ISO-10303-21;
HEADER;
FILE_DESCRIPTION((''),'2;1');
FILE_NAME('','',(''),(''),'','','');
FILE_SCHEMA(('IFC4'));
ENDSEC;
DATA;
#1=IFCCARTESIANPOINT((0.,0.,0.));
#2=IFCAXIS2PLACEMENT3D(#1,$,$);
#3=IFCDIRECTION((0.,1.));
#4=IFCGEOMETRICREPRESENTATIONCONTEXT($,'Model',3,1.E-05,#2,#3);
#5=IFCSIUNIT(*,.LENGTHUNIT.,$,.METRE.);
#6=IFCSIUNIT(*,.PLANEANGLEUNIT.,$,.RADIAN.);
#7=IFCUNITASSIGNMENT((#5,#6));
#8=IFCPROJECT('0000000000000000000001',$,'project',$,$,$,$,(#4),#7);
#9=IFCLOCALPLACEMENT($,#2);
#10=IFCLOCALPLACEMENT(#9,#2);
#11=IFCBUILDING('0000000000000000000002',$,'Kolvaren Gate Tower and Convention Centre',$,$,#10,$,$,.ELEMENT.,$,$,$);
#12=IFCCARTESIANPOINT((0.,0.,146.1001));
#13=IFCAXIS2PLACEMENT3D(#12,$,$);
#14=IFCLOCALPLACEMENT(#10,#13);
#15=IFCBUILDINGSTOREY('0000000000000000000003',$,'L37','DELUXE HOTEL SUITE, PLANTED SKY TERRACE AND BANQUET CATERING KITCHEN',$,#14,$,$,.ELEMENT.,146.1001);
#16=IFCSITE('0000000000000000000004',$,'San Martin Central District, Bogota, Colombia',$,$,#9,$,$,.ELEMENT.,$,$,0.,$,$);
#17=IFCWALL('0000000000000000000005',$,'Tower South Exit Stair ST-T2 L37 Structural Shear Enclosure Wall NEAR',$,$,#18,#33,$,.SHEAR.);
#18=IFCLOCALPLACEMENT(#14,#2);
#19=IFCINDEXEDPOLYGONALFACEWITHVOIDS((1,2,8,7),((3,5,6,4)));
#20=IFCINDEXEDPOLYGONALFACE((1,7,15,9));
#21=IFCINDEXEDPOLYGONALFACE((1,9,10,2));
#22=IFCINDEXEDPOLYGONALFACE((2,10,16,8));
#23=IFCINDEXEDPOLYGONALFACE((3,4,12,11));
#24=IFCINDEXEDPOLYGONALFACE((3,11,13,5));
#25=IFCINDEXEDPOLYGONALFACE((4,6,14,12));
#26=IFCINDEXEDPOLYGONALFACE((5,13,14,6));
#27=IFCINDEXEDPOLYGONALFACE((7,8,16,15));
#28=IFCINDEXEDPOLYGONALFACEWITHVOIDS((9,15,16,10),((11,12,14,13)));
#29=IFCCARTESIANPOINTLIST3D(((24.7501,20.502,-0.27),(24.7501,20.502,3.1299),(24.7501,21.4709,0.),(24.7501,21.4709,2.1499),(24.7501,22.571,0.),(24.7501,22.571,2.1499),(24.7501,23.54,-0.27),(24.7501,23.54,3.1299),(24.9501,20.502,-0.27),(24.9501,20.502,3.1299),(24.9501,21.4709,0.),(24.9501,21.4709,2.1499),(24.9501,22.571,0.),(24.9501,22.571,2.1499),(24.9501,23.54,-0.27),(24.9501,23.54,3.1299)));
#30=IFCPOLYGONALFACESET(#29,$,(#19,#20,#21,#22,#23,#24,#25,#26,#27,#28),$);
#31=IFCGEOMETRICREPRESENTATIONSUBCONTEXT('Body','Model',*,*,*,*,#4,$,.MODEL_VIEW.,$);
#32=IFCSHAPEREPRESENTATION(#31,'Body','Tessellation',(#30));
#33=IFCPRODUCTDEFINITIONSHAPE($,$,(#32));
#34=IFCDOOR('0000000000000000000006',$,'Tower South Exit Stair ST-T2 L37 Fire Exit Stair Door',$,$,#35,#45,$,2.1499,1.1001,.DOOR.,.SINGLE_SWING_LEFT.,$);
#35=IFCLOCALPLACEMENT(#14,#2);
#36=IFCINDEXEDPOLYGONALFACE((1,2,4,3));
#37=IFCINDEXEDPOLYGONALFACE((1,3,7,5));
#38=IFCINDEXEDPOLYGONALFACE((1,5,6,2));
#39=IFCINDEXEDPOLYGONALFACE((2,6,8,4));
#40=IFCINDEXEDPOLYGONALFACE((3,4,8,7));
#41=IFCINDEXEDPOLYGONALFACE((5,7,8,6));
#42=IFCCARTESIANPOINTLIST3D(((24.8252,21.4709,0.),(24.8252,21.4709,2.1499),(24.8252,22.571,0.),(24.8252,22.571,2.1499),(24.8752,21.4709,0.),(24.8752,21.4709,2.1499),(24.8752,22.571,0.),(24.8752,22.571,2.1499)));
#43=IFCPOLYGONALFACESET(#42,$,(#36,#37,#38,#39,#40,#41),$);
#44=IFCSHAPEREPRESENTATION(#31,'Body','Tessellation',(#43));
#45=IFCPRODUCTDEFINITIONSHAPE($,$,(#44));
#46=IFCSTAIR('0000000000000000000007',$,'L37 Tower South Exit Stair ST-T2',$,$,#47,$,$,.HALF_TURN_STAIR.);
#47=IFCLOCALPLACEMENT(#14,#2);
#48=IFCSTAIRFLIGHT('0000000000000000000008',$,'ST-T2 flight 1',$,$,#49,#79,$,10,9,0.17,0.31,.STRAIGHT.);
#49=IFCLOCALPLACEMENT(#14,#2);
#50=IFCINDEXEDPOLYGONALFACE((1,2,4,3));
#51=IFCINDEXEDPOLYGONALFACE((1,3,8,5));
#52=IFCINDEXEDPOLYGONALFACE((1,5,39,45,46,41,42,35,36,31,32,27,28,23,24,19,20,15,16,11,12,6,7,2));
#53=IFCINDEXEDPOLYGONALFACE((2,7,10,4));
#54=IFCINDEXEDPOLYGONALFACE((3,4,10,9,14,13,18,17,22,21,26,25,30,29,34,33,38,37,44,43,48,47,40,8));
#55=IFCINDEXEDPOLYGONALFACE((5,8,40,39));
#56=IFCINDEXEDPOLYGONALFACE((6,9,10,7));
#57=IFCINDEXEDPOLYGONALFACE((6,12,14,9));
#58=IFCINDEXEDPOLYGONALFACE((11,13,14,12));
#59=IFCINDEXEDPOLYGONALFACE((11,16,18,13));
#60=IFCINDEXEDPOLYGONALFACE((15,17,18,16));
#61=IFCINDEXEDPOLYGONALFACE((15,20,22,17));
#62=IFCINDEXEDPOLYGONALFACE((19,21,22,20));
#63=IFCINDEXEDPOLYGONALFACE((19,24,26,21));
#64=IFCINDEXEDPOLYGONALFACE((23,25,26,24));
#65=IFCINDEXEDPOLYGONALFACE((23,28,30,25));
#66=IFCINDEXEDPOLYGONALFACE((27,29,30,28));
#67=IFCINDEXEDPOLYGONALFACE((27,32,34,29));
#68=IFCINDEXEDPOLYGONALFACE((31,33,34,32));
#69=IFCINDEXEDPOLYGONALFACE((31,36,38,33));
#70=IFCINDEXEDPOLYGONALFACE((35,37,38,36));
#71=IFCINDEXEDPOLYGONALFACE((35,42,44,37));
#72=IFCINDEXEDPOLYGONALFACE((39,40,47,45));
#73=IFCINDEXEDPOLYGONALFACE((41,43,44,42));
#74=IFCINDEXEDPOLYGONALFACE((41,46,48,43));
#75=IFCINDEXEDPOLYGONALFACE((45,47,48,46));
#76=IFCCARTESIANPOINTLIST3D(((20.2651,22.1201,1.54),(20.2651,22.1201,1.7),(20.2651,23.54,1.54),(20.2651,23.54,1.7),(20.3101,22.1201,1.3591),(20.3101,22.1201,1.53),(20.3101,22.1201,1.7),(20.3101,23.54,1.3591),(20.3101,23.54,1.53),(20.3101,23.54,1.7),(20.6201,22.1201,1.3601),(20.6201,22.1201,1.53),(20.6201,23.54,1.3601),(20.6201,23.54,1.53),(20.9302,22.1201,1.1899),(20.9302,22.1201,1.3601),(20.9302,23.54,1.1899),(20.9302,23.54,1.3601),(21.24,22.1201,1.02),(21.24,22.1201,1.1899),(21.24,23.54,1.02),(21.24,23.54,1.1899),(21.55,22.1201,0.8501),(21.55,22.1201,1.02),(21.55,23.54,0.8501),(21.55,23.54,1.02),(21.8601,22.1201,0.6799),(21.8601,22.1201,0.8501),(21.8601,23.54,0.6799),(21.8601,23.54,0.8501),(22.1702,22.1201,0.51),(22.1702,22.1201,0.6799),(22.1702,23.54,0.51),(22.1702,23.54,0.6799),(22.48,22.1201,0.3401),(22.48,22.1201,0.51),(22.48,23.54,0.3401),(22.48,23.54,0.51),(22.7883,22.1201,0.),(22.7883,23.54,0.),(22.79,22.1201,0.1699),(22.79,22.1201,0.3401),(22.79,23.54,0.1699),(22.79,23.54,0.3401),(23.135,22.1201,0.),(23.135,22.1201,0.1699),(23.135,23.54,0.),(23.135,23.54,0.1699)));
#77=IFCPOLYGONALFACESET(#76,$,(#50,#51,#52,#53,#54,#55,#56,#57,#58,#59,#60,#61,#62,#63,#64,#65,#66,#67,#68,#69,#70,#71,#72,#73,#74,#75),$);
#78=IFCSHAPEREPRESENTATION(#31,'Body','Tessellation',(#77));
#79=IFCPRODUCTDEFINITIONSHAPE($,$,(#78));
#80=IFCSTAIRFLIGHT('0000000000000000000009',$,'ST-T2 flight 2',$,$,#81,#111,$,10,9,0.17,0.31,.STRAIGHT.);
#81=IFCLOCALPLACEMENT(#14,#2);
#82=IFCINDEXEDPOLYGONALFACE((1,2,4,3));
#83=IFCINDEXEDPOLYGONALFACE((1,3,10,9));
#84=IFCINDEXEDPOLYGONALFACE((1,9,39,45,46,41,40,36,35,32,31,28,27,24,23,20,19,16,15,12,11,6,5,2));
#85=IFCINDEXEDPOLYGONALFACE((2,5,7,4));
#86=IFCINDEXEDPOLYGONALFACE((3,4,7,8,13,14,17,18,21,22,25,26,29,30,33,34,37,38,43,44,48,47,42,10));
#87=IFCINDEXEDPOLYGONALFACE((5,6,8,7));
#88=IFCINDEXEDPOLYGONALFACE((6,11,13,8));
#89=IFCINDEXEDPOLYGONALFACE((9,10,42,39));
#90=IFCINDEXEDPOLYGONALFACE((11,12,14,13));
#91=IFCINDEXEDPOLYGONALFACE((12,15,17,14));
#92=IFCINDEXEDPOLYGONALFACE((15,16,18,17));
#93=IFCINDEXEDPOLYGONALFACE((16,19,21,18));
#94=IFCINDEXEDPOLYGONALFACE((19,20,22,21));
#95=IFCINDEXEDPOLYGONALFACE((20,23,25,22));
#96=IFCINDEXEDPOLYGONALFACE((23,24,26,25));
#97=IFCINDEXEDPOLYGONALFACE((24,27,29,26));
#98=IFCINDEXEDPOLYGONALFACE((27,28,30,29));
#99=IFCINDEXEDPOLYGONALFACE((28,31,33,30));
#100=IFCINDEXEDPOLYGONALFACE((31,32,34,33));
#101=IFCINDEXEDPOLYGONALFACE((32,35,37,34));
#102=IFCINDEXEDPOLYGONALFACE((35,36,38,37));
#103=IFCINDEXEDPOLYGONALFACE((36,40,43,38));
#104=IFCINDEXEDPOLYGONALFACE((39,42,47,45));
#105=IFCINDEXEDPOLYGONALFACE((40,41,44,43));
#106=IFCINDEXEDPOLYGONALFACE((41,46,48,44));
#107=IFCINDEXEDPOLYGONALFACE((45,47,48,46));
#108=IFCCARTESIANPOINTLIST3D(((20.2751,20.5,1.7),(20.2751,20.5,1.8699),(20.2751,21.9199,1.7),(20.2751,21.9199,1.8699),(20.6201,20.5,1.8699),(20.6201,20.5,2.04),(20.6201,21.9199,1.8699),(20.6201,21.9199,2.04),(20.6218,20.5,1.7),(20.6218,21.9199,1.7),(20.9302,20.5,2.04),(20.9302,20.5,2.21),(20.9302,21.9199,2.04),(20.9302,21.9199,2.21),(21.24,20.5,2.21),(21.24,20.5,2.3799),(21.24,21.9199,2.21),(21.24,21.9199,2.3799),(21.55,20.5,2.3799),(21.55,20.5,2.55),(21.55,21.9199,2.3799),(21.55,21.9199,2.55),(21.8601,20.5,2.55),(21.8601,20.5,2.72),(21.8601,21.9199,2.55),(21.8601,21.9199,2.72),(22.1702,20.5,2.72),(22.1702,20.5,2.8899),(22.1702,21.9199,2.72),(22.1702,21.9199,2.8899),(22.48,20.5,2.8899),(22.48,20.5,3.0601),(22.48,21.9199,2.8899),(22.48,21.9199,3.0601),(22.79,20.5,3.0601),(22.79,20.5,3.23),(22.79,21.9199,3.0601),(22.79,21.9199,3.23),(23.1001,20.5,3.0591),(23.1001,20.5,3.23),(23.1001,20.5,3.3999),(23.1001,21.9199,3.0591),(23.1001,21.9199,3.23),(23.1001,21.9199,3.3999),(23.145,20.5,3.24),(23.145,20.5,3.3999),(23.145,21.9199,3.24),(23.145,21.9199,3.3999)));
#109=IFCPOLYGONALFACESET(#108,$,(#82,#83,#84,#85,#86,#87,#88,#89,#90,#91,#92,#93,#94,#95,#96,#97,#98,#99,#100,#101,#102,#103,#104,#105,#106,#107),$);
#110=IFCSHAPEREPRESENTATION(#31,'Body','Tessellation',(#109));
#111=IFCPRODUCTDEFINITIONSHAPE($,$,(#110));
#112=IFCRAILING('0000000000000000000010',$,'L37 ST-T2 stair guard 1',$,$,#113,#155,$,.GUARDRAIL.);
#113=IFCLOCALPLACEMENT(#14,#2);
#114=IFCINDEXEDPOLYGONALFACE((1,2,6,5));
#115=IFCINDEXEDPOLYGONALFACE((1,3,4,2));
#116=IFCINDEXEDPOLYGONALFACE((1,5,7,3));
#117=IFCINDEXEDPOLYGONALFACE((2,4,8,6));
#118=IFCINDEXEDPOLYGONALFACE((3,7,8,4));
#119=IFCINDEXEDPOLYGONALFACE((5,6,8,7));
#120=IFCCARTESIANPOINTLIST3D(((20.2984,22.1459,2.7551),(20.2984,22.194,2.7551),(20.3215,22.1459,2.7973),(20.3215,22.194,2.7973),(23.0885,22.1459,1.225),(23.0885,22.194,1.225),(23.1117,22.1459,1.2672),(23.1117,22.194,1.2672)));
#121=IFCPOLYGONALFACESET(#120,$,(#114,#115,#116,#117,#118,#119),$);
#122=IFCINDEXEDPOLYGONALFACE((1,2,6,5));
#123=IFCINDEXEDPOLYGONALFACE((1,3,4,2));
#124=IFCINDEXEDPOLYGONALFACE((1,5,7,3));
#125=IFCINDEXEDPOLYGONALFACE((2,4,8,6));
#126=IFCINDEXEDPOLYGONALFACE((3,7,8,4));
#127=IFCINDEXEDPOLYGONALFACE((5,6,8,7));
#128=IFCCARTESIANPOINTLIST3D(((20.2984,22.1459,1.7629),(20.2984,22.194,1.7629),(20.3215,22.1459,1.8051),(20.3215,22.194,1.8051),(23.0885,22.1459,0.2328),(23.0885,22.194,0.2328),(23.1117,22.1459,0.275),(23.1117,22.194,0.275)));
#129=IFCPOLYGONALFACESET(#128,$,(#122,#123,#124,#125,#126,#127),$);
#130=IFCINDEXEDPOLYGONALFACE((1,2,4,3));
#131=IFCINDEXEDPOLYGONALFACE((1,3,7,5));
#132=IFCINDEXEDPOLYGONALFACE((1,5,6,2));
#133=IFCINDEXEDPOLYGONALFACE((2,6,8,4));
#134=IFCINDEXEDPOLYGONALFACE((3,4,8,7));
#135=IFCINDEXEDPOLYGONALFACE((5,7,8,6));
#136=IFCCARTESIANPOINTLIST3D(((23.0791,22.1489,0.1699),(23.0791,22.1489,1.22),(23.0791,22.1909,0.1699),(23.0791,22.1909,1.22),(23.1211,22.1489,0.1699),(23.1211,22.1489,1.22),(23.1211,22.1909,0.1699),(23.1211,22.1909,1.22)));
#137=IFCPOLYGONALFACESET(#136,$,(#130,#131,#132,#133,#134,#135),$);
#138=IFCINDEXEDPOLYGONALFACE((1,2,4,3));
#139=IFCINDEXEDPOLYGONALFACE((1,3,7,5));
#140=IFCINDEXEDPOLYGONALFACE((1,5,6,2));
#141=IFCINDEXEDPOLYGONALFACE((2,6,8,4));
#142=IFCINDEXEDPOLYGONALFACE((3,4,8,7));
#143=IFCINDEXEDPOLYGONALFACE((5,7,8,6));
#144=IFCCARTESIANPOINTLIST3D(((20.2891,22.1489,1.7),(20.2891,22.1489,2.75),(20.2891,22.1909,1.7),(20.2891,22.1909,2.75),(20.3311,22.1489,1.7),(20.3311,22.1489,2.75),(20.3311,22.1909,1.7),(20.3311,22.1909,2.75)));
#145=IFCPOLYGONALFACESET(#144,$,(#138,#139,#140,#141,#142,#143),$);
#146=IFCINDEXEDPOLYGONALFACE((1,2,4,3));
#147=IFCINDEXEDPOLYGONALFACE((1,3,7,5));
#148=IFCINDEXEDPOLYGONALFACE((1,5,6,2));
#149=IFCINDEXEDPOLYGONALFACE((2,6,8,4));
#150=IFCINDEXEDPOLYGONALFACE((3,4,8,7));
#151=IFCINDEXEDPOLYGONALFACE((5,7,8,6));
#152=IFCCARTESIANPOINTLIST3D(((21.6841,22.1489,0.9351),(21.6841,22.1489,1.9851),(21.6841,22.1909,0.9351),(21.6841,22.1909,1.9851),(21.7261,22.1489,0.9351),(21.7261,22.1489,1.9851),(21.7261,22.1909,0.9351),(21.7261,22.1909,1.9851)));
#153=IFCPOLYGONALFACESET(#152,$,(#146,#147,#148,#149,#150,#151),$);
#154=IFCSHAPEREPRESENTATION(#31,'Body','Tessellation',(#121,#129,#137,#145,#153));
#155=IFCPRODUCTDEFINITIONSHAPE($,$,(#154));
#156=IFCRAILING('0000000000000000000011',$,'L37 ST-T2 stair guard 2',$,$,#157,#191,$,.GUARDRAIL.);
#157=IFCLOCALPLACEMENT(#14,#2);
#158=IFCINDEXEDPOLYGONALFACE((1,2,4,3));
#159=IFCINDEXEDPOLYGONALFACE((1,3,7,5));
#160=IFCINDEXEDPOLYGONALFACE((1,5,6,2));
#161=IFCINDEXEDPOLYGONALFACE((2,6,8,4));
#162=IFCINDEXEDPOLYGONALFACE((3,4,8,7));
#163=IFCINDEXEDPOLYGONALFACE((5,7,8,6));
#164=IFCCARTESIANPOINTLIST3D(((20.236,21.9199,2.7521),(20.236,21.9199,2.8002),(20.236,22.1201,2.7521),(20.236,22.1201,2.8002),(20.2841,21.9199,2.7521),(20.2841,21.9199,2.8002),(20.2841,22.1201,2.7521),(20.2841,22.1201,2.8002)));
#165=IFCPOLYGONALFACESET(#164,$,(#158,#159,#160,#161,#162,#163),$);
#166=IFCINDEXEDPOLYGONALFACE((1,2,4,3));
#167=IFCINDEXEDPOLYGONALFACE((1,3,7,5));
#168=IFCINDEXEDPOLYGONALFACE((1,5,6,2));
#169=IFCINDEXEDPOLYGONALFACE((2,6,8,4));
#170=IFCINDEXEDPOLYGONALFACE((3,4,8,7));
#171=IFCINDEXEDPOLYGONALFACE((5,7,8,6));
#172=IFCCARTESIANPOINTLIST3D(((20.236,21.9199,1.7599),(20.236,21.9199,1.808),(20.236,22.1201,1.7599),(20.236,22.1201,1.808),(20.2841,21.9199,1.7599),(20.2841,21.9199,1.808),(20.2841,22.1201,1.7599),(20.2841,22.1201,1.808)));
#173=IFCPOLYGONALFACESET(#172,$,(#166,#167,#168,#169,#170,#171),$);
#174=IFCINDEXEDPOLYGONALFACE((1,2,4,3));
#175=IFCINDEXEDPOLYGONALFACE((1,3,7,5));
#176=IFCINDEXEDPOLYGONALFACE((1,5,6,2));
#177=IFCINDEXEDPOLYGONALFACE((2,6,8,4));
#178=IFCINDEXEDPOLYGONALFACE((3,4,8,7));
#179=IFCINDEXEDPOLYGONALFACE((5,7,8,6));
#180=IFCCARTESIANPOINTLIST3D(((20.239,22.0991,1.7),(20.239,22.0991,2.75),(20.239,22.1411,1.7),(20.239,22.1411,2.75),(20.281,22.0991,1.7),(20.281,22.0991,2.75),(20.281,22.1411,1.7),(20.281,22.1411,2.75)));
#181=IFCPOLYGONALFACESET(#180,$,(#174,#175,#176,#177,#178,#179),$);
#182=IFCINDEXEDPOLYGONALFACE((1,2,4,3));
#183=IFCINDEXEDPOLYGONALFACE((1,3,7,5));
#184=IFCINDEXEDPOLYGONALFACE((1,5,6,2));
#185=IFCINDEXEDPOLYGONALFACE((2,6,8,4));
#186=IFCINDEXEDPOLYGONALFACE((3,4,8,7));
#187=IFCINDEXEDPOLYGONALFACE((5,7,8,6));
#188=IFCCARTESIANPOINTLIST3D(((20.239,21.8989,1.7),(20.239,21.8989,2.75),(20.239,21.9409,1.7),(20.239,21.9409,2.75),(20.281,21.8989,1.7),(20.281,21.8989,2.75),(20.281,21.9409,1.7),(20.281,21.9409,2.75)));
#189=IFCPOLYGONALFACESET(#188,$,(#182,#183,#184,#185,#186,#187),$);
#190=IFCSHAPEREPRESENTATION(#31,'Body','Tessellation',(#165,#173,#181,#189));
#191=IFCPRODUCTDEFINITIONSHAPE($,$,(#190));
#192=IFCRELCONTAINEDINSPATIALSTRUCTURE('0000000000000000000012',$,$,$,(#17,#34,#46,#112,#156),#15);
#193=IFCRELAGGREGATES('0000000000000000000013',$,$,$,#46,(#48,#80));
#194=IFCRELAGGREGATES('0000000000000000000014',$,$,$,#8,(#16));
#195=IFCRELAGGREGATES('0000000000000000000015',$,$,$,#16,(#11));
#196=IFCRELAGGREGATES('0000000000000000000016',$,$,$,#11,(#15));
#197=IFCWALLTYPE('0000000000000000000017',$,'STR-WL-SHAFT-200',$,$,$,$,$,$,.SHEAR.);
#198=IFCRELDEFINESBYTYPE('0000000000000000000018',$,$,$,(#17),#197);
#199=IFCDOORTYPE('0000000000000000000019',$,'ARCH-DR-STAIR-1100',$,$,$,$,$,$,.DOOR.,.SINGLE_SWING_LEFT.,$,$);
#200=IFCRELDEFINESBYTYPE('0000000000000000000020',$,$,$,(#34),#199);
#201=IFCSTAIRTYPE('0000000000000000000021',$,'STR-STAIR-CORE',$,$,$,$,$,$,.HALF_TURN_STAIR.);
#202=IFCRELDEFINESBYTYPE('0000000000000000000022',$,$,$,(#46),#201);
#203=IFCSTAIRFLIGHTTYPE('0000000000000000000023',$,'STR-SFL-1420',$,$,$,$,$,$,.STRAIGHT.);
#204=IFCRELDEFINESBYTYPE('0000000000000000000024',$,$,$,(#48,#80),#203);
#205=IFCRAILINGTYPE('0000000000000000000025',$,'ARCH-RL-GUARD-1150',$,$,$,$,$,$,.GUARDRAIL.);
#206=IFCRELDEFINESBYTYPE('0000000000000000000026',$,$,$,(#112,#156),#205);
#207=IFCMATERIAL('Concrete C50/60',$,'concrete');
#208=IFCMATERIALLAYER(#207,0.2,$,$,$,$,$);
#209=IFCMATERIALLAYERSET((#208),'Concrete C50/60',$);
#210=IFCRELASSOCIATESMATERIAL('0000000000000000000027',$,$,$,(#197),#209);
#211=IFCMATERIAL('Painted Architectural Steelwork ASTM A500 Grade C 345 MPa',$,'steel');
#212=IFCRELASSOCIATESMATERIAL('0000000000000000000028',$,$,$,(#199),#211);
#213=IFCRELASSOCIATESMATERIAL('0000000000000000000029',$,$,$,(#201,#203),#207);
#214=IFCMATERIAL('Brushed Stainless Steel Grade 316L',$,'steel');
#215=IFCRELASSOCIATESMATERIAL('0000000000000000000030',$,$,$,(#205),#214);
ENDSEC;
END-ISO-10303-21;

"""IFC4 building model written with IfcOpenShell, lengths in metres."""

from ifc_helpers import new_model, si_unit, direction, frame, frame_2d, origin, origin_2d, place, context, subcontext, project, spatial, polyline, rectangle, outline, extrude, material, layer, layer_set, type_object, element, fill, aggregate, save


model = new_model("IFC4")

# Units and contexts
model_context = context("Model", 3, precision=1e-05, world=origin(), true_north=direction((0.0, 1.0)))
body_context = subcontext(model_context, "Body", "Model", "MODEL_VIEW")
ifc_project = project(units=[si_unit("LENGTHUNIT", "METRE"), si_unit("PLANEANGLEUNIT", "RADIAN")], contexts=[model_context])

# Site, building, storey
site_placement = place(None, origin())
site = spatial("IfcSite", under=ifc_project, at=site_placement, Name="San Martin Central District, Bogota, Colombia", CompositionType="ELEMENT", RefElevation=0.0)
building_placement = place(site_placement, origin())
building = spatial("IfcBuilding", under=site, at=building_placement, Name="Kolvaren Gate Tower and Convention Centre", CompositionType="ELEMENT")
storey_placement = place(building_placement, frame((0.0, 0.0, 146.1001)))
storey = spatial("IfcBuildingStorey", under=building, at=storey_placement, Name="L37", Description="DELUXE HOTEL SUITE, PLANTED SKY TERRACE AND BANQUET CATERING KITCHEN", CompositionType="ELEMENT", Elevation=146.1001)

# Shared definitions
ifc_material_1 = material(Name="Painted Architectural Steelwork ASTM A500 Grade C 345 MPa", Category="steel")

# Shared definitions
ifc_material_2 = material(Name="Brushed Stainless Steel Grade 316L", Category="steel")

# Wall, opening, door
ifc_material_3 = material(Name="Concrete C50/60", Category="concrete")
ifc_layer_1 = layer(ifc_material_3, 0.2)
ifc_layer_set_1 = layer_set([ifc_layer_1], Name="Concrete C50/60")
wall_type_1 = type_object("IfcWallType", Name="STR-WL-SHAFT-200", PredefinedType="SHEAR", material=ifc_layer_set_1)
wall_1_placement = place(storey_placement, frame((24.8501, 20.502, -0.27), z_axis=(0.0, 0.0, 1.0), x_axis=(0.0, 1.0, 0.0)))
wall_1 = element("IfcWall", 1, at=wall_1_placement, inside=storey, type_object=wall_type_1, Name="Tower South Exit Stair ST-T2 L37 Structural Shear Enclosure Wall NEAR", PredefinedType="SHEAR", context=body_context, shape_type="SweptSolid", body=[
    extrude(rectangle(XDim=3.0381, YDim=0.2, at=frame_2d((1.519, 0.0))), origin(), (0.0, 0.0, 1.0), 3.3999),
])
opening_1_placement = place(wall_1_placement, frame((0.969, 0.0, 0.27)))
opening_1 = element("IfcOpeningElement", 2, at=opening_1_placement, cuts=wall_1, PredefinedType="OPENING", context=body_context, shape_type="SweptSolid", body=[
    extrude(rectangle(XDim=1.1001, YDim=2.1499, at=frame_2d((0.55, 1.075))), frame((0.0, 0.1099, 0.0), z_axis=(0.0, -1.0, 0.0), x_axis=(1.0, 0.0, 0.0)), (0.0, 0.0, 1.0), 0.22),
])
door_type_1 = type_object("IfcDoorType", Name="ARCH-DR-STAIR-1100", OperationType="SINGLE_SWING_LEFT", PredefinedType="DOOR", material=ifc_material_1)
door_1_placement = place(opening_1_placement, origin())
door_1 = element("IfcDoor", 3, at=door_1_placement, inside=storey, type_object=door_type_1, Name="Tower South Exit Stair ST-T2 L37 Fire Exit Stair Door", OperationType="SINGLE_SWING_LEFT", OverallHeight=2.1499, OverallWidth=1.1001, PredefinedType="DOOR", context=body_context, shape_type="SweptSolid", body=[
    extrude(rectangle(XDim=1.1001, YDim=2.1499, at=frame_2d((0.55, 1.075))), frame((0.0, 0.0249, 0.0), z_axis=(0.0, -1.0, 0.0), x_axis=(1.0, 0.0, 0.0)), (0.0, 0.0, 1.0), 0.05),
])
fill(opening_1, door_1)

# Stair, stair flights
stair_type = type_object("IfcStairType", Name="STR-STAIR-CORE", PredefinedType="HALF_TURN_STAIR", material=ifc_material_3)
stair_placement = place(storey_placement, origin())
stair = element("IfcStair", 4, at=stair_placement, inside=storey, type_object=stair_type, Name="L37 Tower South Exit Stair ST-T2", PredefinedType="HALF_TURN_STAIR")
stair_flight_type = type_object("IfcStairFlightType", Name="STR-SFL-1420", PredefinedType="STRAIGHT", material=ifc_material_3)
stair_flight_1_placement = place(storey_placement, frame((23.1001, 22.8301, 0.0), z_axis=(0.0, 0.0, 1.0), x_axis=(-1.0, 0.0, 0.0)))
stair_flight_1 = element("IfcStairFlight", 5, at=stair_flight_1_placement, type_object=stair_flight_type, Name="ST-T2 flight 1", NumberOfRisers=10, NumberOfTreads=9, PredefinedType="STRAIGHT", RiserHeight=0.17, TreadLength=0.31, context=body_context, shape_type="SweptSolid", body=[
    extrude(outline(polyline([(-0.0349, 0.0), (-0.0349, 0.1699), (0.3101, 0.1699), (0.3101, 0.3401), (0.6201, 0.3401), (0.6201, 0.51), (0.9299, 0.51), (0.9299, 0.6799), (1.24, 0.6799), (1.24, 0.8501), (1.55, 0.8501), (1.55, 1.02), (1.8601, 1.02), (1.8601, 1.1899), (2.1699, 1.1899), (2.1699, 1.3601), (2.48, 1.3601), (2.48, 1.53), (2.79, 1.53), (2.79, 1.7), (2.835, 1.7), (2.835, 1.54), (2.79, 1.3591), (0.3118, 0.0), (-0.0349, 0.0)])), frame((0.0, 0.71, 0.0), z_axis=(0.0, -1.0, 0.0), x_axis=(1.0, 0.0, 0.0)), (0.0, 0.0, 1.0), 1.4199),
])
stair_flight_2_placement = place(storey_placement, frame((20.3101, 21.21, 1.7), z_axis=(0.0, 0.0, 1.0), x_axis=(1.0, 0.0, 0.0)))
stair_flight_2 = element("IfcStairFlight", 6, at=stair_flight_2_placement, type_object=stair_flight_type, Name="ST-T2 flight 2", NumberOfRisers=10, NumberOfTreads=9, PredefinedType="STRAIGHT", RiserHeight=0.17, TreadLength=0.31, context=body_context, shape_type="SweptSolid", body=[
    extrude(outline(polyline([(-0.0349, 0.0), (-0.0349, 0.1699), (0.3101, 0.1699), (0.3101, 0.3401), (0.6201, 0.3401), (0.6201, 0.51), (0.9299, 0.51), (0.9299, 0.6799), (1.24, 0.6799), (1.24, 0.8501), (1.55, 0.8501), (1.55, 1.02), (1.8601, 1.02), (1.8601, 1.1899), (2.1699, 1.1899), (2.1699, 1.3601), (2.48, 1.3601), (2.48, 1.53), (2.79, 1.53), (2.79, 1.7), (2.835, 1.7), (2.835, 1.54), (2.79, 1.3591), (0.3118, 0.0), (-0.0349, 0.0)])), frame((0.0, 0.71, 0.0), z_axis=(0.0, -1.0, 0.0), x_axis=(1.0, 0.0, 0.0)), (0.0, 0.0, 1.0), 1.4199),
])
aggregate(stair, [stair_flight_1, stair_flight_2])

# Railings
railing_type_1 = type_object("IfcRailingType", Name="ARCH-RL-GUARD-1150", PredefinedType="GUARDRAIL", material=ifc_material_2)
railing_1_placement = place(storey_placement, frame((23.1001, 22.1699, 0.1699)))
element("IfcRailing", 7, at=railing_1_placement, inside=storey, type_object=railing_type_1, Name="L37 ST-T2 stair guard 1", PredefinedType="GUARDRAIL", context=body_context, shape_type="SweptSolid", body=[
    extrude(rectangle(XDim=0.0481, YDim=0.0481, at=origin_2d()), frame((0.0, 0.0, 1.0762), z_axis=(-0.876811, 0.0, 0.480835), x_axis=(0.0, -1.0, 0.0)), (0.0, 0.0, 1.0), 3.1821),
    extrude(rectangle(XDim=0.0481, YDim=0.0481, at=origin_2d()), frame((0.0, 0.0, 0.084), z_axis=(-0.876811, 0.0, 0.480835), x_axis=(0.0, -1.0, 0.0)), (0.0, 0.0, 1.0), 3.1821),
    extrude(rectangle(XDim=0.042, YDim=0.042, at=origin_2d()), origin(), (0.0, 0.0, 1.0), 1.05),
    extrude(rectangle(XDim=0.042, YDim=0.042, at=origin_2d()), frame((-2.79, 0.0, 1.53)), (0.0, 0.0, 1.0), 1.05),
    extrude(rectangle(XDim=0.042, YDim=0.042, at=origin_2d()), frame((-1.395, 0.0, 0.7651)), (0.0, 0.0, 1.0), 1.05),
])
railing_2_placement = place(storey_placement, frame((20.26, 22.1201, 1.7)))
element("IfcRailing", 8, at=railing_2_placement, inside=storey, type_object=railing_type_1, Name="L37 ST-T2 stair guard 2", PredefinedType="GUARDRAIL", context=body_context, shape_type="SweptSolid", body=[
    extrude(rectangle(XDim=0.0481, YDim=0.0481, at=origin_2d()), frame((0.0, 0.0, 1.0762), z_axis=(0.0, -1.0, 0.0), x_axis=(1.0, 0.0, 0.0)), (0.0, 0.0, 1.0), 0.2002),
    extrude(rectangle(XDim=0.0481, YDim=0.0481, at=origin_2d()), frame((0.0, 0.0, 0.084), z_axis=(0.0, -1.0, 0.0), x_axis=(1.0, 0.0, 0.0)), (0.0, 0.0, 1.0), 0.2002),
    extrude(rectangle(XDim=0.042, YDim=0.042, at=origin_2d()), origin(), (0.0, 0.0, 1.0), 1.05),
    extrude(rectangle(XDim=0.042, YDim=0.042, at=origin_2d()), frame((0.0, -0.2002, 0.0)), (0.0, 0.0, 1.0), 1.05),
])

save(model, "model.ifc")
